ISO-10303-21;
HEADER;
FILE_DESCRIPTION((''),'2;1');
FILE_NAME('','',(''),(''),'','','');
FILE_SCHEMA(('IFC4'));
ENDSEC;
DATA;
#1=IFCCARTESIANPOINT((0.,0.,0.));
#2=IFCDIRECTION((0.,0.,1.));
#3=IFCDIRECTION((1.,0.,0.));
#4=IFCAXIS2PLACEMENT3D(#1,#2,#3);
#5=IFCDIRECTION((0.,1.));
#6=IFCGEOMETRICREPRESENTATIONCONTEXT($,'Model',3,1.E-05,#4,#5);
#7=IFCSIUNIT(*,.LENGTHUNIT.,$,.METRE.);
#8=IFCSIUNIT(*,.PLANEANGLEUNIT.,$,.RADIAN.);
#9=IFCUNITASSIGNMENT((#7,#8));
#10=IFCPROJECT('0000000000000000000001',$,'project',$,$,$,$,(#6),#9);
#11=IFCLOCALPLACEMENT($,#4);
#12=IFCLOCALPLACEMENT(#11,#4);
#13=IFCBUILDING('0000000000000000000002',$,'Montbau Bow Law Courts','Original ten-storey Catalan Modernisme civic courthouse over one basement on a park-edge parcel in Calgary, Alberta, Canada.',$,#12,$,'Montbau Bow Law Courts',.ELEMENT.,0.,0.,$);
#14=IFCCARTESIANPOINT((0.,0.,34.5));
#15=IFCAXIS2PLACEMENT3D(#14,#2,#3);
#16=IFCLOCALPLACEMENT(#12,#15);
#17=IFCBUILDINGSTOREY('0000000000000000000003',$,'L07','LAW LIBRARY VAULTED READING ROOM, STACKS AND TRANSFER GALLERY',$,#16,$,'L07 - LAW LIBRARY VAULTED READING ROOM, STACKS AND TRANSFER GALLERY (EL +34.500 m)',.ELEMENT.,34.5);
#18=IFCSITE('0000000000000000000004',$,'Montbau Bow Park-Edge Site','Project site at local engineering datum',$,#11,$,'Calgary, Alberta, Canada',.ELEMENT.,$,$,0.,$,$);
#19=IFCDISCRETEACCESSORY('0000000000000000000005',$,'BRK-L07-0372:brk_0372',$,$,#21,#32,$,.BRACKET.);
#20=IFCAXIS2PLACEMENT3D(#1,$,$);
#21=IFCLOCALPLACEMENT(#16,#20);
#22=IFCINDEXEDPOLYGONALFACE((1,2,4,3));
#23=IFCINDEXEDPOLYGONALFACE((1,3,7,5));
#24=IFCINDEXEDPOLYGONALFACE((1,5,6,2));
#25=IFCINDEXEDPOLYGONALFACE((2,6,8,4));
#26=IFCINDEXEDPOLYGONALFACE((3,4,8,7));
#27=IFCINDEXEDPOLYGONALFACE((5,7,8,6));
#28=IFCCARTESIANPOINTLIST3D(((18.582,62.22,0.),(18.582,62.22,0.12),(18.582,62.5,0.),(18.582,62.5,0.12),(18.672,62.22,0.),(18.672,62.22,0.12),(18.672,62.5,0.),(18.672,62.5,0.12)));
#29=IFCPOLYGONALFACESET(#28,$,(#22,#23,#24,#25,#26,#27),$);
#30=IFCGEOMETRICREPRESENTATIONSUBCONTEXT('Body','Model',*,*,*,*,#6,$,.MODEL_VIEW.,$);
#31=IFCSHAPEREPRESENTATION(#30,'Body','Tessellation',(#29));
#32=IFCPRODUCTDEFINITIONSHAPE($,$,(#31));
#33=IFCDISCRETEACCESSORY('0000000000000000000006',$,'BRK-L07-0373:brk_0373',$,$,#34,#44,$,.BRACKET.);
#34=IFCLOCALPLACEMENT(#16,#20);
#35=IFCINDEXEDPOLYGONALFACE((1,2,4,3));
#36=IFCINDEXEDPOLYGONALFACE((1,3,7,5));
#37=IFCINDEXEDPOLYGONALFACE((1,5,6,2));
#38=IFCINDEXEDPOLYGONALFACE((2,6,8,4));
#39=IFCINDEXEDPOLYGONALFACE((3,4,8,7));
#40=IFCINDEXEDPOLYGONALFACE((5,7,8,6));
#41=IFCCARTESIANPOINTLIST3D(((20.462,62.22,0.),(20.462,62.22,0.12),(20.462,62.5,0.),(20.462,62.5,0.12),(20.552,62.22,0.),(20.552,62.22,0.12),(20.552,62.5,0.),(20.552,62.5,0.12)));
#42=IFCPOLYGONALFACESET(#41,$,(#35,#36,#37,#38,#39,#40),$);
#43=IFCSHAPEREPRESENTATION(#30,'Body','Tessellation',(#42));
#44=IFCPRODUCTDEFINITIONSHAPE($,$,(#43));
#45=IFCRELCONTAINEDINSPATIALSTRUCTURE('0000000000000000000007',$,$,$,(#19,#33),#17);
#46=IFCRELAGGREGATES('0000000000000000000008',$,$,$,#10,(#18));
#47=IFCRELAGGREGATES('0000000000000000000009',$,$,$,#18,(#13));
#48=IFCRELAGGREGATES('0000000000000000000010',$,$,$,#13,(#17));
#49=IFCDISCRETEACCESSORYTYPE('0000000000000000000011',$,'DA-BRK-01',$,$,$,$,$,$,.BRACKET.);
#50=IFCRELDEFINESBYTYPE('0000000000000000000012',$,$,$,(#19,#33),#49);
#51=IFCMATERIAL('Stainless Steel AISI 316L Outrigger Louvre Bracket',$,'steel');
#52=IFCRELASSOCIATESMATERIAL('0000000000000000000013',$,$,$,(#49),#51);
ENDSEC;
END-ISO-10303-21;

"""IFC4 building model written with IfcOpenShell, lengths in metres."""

from ifc_helpers import new_model, si_unit, direction, frame, origin_with_axes, origin_2d_with_axis, place, context, subcontext, project, spatial, rectangle, extrude, material, type_object, element, save


model = new_model("IFC4")

# Units and contexts
model_context = context("Model", 3, precision=1e-05, world=origin_with_axes(), true_north=direction((0.0, 1.0)))
body_context = subcontext(model_context, "Body", "Model", "MODEL_VIEW")
ifc_project = project(units=[si_unit("LENGTHUNIT", "METRE"), si_unit("PLANEANGLEUNIT", "RADIAN")], contexts=[model_context])

# Site, building, storey
site_placement = place(None, origin_with_axes())
site = spatial("IfcSite", under=ifc_project, at=site_placement, Name="Montbau Bow Park-Edge Site", Description="Project site at local engineering datum", LongName="Calgary, Alberta, Canada", CompositionType="ELEMENT", RefElevation=0.0)
building_placement = place(site_placement, origin_with_axes())
building = spatial("IfcBuilding", under=site, at=building_placement, Name="Montbau Bow Law Courts", Description="Original ten-storey Catalan Modernisme civic courthouse over one basement on a park-edge parcel in Calgary, Alberta, Canada.", LongName="Montbau Bow Law Courts", CompositionType="ELEMENT", ElevationOfRefHeight=0.0, ElevationOfTerrain=0.0)
storey_placement = place(building_placement, frame((0.0, 0.0, 34.5), z_axis=(0.0, 0.0, 1.0), x_axis=(1.0, 0.0, 0.0)))
storey = spatial("IfcBuildingStorey", under=building, at=storey_placement, Name="L07", Description="LAW LIBRARY VAULTED READING ROOM, STACKS AND TRANSFER GALLERY", LongName="L07 - LAW LIBRARY VAULTED READING ROOM, STACKS AND TRANSFER GALLERY (EL +34.500 m)", CompositionType="ELEMENT", Elevation=34.5)

# Discrete accessories
ifc_material_1 = material(Name="Stainless Steel AISI 316L Outrigger Louvre Bracket", Category="steel")
discrete_accessory_type = type_object("IfcDiscreteAccessoryType", Name="DA-BRK-01", PredefinedType="BRACKET", material=ifc_material_1)
for number, where, z_axis, x_axis, name in (
    (1, (18.627, 62.36, 34.5), (0.0, 0.0, 1.0), (0.0, 1.0, 0.0), "BRK-L07-0372:brk_0372"),
    (2, (20.507, 62.36, 34.5), (0.0, 0.0, 1.0), (0.0, 1.0, 0.0), "BRK-L07-0373:brk_0373"),
):
    element("IfcDiscreteAccessory", number, at=place(None, frame(where, z_axis=z_axis, x_axis=x_axis)), inside=storey, type_object=discrete_accessory_type, Name=name, PredefinedType="BRACKET", context=body_context, shape_type="SweptSolid", body=[
        extrude(rectangle(XDim=0.28, YDim=0.09, at=origin_2d_with_axis()), origin_with_axes(), (0.0, 0.0, 1.0), 0.12),
    ])

save(model, "model.ifc")
